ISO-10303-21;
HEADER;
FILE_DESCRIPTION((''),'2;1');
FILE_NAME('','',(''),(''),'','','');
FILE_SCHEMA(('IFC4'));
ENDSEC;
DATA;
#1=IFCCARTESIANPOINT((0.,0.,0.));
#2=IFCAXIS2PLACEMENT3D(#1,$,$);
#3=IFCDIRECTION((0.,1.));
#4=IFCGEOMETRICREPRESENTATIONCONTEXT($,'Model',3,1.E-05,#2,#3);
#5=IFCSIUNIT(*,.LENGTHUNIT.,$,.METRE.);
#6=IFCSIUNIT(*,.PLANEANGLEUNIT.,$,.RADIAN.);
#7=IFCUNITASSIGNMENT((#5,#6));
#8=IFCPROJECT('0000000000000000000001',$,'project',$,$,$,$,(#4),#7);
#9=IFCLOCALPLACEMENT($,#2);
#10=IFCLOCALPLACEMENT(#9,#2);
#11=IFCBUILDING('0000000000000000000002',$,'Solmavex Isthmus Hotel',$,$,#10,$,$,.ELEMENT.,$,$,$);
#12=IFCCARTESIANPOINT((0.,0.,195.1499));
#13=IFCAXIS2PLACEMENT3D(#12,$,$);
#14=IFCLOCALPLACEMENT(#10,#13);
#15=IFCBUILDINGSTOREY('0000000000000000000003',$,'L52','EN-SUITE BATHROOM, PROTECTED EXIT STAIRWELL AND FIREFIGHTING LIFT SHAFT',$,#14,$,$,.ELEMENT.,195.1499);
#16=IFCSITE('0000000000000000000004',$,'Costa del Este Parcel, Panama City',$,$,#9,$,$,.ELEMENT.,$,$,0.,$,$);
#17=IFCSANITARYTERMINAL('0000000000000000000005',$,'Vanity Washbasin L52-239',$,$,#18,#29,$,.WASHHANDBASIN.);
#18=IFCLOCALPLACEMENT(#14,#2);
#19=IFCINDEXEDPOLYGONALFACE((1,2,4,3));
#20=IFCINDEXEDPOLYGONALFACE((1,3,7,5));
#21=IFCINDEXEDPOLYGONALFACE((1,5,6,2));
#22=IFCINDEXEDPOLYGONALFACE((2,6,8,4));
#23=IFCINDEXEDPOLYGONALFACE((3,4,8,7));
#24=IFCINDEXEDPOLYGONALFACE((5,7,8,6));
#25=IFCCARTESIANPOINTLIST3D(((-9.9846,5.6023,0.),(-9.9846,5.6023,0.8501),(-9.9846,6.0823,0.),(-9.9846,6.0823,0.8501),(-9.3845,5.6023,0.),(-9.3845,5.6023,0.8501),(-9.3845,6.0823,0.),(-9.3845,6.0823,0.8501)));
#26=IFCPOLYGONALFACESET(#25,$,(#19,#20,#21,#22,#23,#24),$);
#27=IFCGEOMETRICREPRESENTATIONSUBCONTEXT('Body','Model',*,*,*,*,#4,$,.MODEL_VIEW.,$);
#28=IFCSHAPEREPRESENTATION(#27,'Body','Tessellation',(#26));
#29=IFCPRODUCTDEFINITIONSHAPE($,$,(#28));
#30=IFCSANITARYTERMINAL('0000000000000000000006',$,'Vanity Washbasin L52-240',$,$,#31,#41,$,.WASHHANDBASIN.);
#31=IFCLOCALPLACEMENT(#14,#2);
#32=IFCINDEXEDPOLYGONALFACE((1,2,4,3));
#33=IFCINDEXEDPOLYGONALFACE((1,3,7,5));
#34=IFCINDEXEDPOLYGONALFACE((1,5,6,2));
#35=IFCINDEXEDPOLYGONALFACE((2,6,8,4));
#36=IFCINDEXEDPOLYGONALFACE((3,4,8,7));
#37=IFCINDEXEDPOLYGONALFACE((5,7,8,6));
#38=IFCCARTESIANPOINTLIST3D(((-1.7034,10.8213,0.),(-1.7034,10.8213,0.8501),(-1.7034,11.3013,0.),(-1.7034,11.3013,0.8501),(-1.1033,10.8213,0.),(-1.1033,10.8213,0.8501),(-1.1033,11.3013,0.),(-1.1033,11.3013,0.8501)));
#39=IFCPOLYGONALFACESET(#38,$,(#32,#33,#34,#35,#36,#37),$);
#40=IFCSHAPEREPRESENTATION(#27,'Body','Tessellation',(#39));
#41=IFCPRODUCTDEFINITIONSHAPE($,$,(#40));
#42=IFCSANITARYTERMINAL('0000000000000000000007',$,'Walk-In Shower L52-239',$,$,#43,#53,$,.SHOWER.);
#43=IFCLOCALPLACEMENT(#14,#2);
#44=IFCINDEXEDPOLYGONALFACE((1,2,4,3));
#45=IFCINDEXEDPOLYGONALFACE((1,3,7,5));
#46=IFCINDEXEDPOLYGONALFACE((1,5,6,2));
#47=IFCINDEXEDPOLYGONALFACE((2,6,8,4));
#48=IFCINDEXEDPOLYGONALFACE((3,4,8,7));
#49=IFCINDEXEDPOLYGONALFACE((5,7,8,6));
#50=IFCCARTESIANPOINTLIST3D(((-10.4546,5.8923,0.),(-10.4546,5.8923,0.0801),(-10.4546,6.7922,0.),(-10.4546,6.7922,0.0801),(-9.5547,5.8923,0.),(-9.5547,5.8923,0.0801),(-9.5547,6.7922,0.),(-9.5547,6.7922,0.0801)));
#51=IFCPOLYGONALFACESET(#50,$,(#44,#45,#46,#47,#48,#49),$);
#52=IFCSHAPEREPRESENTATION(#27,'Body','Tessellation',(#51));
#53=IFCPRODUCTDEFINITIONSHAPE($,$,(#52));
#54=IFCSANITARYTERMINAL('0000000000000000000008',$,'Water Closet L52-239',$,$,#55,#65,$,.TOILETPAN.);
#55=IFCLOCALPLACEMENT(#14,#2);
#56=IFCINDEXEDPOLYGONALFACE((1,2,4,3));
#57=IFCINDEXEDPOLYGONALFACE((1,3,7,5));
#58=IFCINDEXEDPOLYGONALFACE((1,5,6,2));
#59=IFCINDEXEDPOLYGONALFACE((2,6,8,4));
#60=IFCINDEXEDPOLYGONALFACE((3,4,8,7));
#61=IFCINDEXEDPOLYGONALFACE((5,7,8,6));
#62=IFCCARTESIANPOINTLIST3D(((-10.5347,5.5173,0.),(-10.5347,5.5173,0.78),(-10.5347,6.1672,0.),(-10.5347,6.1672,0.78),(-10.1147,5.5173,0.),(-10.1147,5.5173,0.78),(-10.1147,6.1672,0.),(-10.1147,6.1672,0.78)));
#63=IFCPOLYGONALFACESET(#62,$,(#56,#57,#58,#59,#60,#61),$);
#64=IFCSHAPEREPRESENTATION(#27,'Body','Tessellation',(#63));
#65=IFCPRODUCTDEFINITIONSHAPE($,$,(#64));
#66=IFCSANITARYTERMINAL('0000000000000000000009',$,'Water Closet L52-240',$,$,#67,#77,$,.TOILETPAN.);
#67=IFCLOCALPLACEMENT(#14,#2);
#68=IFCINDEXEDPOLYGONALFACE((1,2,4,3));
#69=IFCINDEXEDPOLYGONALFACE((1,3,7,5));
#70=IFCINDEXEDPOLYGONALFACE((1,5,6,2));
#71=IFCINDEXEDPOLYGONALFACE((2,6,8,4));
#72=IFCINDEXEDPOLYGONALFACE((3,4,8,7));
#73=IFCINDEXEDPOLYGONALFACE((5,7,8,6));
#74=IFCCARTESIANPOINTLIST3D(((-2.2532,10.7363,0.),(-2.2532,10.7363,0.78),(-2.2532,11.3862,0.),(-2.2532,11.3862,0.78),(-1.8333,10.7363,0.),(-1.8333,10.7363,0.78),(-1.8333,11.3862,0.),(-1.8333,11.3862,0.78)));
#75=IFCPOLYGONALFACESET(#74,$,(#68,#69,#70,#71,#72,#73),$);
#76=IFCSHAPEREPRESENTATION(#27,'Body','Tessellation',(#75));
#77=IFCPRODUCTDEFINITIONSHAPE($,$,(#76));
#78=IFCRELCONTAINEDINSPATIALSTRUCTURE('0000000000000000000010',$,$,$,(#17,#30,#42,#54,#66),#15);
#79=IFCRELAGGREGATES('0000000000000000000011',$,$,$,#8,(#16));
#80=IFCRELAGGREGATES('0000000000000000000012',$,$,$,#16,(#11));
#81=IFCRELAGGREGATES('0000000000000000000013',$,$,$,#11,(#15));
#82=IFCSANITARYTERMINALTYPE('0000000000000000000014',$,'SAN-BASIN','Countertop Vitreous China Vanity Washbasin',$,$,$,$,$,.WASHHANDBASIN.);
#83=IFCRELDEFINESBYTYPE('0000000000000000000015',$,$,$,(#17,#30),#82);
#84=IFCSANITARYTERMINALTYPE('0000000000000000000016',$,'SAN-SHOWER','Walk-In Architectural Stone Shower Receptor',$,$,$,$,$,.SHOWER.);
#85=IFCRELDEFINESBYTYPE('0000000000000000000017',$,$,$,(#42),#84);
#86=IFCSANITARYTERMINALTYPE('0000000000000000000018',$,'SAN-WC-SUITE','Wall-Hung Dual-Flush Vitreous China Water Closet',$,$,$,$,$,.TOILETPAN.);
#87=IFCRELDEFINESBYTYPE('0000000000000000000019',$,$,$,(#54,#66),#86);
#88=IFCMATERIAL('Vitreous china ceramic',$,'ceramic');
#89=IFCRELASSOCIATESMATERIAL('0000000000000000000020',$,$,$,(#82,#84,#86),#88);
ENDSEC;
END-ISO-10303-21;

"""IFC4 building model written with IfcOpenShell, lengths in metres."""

from ifc_helpers import new_model, si_unit, direction, frame, origin, origin_2d, place, context, subcontext, project, spatial, rectangle, extrude, material, type_object, element, save


model = new_model("IFC4")

# Units and contexts
model_context = context("Model", 3, precision=1e-05, world=origin(), true_north=direction((0.0, 1.0)))
body_context = subcontext(model_context, "Body", "Model", "MODEL_VIEW")
ifc_project = project(units=[si_unit("LENGTHUNIT", "METRE"), si_unit("PLANEANGLEUNIT", "RADIAN")], contexts=[model_context])

# Site, building, storey
site_placement = place(None, origin())
site = spatial("IfcSite", under=ifc_project, at=site_placement, Name="Costa del Este Parcel, Panama City", CompositionType="ELEMENT", RefElevation=0.0)
building_placement = place(site_placement, origin())
building = spatial("IfcBuilding", under=site, at=building_placement, Name="Solmavex Isthmus Hotel", CompositionType="ELEMENT")
storey_placement = place(building_placement, frame((0.0, 0.0, 195.1499)))
storey = spatial("IfcBuildingStorey", under=building, at=storey_placement, Name="L52", Description="EN-SUITE BATHROOM, PROTECTED EXIT STAIRWELL AND FIREFIGHTING LIFT SHAFT", CompositionType="ELEMENT", Elevation=195.1499)

# Sanitary terminals
ifc_material_1 = material(Name="Vitreous china ceramic", Category="ceramic")
sanitary_terminal_type_1 = type_object("IfcSanitaryTerminalType", Name="SAN-BASIN", Description="Countertop Vitreous China Vanity Washbasin", PredefinedType="WASHHANDBASIN", material=ifc_material_1)
for number, where, z_axis, x_axis, name in (
    (1, (-9.6846, 5.8423, 0.0), (0.0, 0.0, 1.0), (1.0, 0.0, 0.0), "Vanity Washbasin L52-239"),
    (2, (-1.4033, 11.0613, 0.0), (0.0, 0.0, 1.0), (1.0, 0.0, 0.0), "Vanity Washbasin L52-240"),
):
    element("IfcSanitaryTerminal", number, at=place(storey_placement, frame(where, z_axis=z_axis, x_axis=x_axis)), inside=storey, type_object=sanitary_terminal_type_1, Name=name, PredefinedType="WASHHANDBASIN", context=body_context, shape_type="SweptSolid", body=[
        extrude(rectangle(XDim=0.6001, YDim=0.48, at=origin_2d()), origin(), (0.0, 0.0, 1.0), 0.8501),
    ])
sanitary_terminal_type_2 = type_object("IfcSanitaryTerminalType", Name="SAN-SHOWER", Description="Walk-In Architectural Stone Shower Receptor", PredefinedType="SHOWER", material=ifc_material_1)
sanitary_terminal_placement = place(storey_placement, frame((-10.0046, 6.3423, 0.0), z_axis=(0.0, 0.0, 1.0), x_axis=(1.0, 0.0, 0.0)))
element("IfcSanitaryTerminal", 3, at=sanitary_terminal_placement, inside=storey, type_object=sanitary_terminal_type_2, Name="Walk-In Shower L52-239", PredefinedType="SHOWER", context=body_context, shape_type="SweptSolid", body=[
    extrude(rectangle(XDim=0.8999, YDim=0.8999, at=origin_2d()), origin(), (0.0, 0.0, 1.0), 0.0801),
])
sanitary_terminal_type_3 = type_object("IfcSanitaryTerminalType", Name="SAN-WC-SUITE", Description="Wall-Hung Dual-Flush Vitreous China Water Closet", PredefinedType="TOILETPAN", material=ifc_material_1)
for number, where, z_axis, x_axis, name in (
    (4, (-10.3247, 5.8423, 0.0), (0.0, 0.0, 1.0), (1.0, 0.0, 0.0), "Water Closet L52-239"),
    (5, (-2.0432, 11.0613, 0.0), (0.0, 0.0, 1.0), (1.0, 0.0, 0.0), "Water Closet L52-240"),
):
    element("IfcSanitaryTerminal", number, at=place(storey_placement, frame(where, z_axis=z_axis, x_axis=x_axis)), inside=storey, type_object=sanitary_terminal_type_3, Name=name, PredefinedType="TOILETPAN", context=body_context, shape_type="SweptSolid", body=[
        extrude(rectangle(XDim=0.4199, YDim=0.6499, at=origin_2d()), origin(), (0.0, 0.0, 1.0), 0.78),
    ])

save(model, "model.ifc")
